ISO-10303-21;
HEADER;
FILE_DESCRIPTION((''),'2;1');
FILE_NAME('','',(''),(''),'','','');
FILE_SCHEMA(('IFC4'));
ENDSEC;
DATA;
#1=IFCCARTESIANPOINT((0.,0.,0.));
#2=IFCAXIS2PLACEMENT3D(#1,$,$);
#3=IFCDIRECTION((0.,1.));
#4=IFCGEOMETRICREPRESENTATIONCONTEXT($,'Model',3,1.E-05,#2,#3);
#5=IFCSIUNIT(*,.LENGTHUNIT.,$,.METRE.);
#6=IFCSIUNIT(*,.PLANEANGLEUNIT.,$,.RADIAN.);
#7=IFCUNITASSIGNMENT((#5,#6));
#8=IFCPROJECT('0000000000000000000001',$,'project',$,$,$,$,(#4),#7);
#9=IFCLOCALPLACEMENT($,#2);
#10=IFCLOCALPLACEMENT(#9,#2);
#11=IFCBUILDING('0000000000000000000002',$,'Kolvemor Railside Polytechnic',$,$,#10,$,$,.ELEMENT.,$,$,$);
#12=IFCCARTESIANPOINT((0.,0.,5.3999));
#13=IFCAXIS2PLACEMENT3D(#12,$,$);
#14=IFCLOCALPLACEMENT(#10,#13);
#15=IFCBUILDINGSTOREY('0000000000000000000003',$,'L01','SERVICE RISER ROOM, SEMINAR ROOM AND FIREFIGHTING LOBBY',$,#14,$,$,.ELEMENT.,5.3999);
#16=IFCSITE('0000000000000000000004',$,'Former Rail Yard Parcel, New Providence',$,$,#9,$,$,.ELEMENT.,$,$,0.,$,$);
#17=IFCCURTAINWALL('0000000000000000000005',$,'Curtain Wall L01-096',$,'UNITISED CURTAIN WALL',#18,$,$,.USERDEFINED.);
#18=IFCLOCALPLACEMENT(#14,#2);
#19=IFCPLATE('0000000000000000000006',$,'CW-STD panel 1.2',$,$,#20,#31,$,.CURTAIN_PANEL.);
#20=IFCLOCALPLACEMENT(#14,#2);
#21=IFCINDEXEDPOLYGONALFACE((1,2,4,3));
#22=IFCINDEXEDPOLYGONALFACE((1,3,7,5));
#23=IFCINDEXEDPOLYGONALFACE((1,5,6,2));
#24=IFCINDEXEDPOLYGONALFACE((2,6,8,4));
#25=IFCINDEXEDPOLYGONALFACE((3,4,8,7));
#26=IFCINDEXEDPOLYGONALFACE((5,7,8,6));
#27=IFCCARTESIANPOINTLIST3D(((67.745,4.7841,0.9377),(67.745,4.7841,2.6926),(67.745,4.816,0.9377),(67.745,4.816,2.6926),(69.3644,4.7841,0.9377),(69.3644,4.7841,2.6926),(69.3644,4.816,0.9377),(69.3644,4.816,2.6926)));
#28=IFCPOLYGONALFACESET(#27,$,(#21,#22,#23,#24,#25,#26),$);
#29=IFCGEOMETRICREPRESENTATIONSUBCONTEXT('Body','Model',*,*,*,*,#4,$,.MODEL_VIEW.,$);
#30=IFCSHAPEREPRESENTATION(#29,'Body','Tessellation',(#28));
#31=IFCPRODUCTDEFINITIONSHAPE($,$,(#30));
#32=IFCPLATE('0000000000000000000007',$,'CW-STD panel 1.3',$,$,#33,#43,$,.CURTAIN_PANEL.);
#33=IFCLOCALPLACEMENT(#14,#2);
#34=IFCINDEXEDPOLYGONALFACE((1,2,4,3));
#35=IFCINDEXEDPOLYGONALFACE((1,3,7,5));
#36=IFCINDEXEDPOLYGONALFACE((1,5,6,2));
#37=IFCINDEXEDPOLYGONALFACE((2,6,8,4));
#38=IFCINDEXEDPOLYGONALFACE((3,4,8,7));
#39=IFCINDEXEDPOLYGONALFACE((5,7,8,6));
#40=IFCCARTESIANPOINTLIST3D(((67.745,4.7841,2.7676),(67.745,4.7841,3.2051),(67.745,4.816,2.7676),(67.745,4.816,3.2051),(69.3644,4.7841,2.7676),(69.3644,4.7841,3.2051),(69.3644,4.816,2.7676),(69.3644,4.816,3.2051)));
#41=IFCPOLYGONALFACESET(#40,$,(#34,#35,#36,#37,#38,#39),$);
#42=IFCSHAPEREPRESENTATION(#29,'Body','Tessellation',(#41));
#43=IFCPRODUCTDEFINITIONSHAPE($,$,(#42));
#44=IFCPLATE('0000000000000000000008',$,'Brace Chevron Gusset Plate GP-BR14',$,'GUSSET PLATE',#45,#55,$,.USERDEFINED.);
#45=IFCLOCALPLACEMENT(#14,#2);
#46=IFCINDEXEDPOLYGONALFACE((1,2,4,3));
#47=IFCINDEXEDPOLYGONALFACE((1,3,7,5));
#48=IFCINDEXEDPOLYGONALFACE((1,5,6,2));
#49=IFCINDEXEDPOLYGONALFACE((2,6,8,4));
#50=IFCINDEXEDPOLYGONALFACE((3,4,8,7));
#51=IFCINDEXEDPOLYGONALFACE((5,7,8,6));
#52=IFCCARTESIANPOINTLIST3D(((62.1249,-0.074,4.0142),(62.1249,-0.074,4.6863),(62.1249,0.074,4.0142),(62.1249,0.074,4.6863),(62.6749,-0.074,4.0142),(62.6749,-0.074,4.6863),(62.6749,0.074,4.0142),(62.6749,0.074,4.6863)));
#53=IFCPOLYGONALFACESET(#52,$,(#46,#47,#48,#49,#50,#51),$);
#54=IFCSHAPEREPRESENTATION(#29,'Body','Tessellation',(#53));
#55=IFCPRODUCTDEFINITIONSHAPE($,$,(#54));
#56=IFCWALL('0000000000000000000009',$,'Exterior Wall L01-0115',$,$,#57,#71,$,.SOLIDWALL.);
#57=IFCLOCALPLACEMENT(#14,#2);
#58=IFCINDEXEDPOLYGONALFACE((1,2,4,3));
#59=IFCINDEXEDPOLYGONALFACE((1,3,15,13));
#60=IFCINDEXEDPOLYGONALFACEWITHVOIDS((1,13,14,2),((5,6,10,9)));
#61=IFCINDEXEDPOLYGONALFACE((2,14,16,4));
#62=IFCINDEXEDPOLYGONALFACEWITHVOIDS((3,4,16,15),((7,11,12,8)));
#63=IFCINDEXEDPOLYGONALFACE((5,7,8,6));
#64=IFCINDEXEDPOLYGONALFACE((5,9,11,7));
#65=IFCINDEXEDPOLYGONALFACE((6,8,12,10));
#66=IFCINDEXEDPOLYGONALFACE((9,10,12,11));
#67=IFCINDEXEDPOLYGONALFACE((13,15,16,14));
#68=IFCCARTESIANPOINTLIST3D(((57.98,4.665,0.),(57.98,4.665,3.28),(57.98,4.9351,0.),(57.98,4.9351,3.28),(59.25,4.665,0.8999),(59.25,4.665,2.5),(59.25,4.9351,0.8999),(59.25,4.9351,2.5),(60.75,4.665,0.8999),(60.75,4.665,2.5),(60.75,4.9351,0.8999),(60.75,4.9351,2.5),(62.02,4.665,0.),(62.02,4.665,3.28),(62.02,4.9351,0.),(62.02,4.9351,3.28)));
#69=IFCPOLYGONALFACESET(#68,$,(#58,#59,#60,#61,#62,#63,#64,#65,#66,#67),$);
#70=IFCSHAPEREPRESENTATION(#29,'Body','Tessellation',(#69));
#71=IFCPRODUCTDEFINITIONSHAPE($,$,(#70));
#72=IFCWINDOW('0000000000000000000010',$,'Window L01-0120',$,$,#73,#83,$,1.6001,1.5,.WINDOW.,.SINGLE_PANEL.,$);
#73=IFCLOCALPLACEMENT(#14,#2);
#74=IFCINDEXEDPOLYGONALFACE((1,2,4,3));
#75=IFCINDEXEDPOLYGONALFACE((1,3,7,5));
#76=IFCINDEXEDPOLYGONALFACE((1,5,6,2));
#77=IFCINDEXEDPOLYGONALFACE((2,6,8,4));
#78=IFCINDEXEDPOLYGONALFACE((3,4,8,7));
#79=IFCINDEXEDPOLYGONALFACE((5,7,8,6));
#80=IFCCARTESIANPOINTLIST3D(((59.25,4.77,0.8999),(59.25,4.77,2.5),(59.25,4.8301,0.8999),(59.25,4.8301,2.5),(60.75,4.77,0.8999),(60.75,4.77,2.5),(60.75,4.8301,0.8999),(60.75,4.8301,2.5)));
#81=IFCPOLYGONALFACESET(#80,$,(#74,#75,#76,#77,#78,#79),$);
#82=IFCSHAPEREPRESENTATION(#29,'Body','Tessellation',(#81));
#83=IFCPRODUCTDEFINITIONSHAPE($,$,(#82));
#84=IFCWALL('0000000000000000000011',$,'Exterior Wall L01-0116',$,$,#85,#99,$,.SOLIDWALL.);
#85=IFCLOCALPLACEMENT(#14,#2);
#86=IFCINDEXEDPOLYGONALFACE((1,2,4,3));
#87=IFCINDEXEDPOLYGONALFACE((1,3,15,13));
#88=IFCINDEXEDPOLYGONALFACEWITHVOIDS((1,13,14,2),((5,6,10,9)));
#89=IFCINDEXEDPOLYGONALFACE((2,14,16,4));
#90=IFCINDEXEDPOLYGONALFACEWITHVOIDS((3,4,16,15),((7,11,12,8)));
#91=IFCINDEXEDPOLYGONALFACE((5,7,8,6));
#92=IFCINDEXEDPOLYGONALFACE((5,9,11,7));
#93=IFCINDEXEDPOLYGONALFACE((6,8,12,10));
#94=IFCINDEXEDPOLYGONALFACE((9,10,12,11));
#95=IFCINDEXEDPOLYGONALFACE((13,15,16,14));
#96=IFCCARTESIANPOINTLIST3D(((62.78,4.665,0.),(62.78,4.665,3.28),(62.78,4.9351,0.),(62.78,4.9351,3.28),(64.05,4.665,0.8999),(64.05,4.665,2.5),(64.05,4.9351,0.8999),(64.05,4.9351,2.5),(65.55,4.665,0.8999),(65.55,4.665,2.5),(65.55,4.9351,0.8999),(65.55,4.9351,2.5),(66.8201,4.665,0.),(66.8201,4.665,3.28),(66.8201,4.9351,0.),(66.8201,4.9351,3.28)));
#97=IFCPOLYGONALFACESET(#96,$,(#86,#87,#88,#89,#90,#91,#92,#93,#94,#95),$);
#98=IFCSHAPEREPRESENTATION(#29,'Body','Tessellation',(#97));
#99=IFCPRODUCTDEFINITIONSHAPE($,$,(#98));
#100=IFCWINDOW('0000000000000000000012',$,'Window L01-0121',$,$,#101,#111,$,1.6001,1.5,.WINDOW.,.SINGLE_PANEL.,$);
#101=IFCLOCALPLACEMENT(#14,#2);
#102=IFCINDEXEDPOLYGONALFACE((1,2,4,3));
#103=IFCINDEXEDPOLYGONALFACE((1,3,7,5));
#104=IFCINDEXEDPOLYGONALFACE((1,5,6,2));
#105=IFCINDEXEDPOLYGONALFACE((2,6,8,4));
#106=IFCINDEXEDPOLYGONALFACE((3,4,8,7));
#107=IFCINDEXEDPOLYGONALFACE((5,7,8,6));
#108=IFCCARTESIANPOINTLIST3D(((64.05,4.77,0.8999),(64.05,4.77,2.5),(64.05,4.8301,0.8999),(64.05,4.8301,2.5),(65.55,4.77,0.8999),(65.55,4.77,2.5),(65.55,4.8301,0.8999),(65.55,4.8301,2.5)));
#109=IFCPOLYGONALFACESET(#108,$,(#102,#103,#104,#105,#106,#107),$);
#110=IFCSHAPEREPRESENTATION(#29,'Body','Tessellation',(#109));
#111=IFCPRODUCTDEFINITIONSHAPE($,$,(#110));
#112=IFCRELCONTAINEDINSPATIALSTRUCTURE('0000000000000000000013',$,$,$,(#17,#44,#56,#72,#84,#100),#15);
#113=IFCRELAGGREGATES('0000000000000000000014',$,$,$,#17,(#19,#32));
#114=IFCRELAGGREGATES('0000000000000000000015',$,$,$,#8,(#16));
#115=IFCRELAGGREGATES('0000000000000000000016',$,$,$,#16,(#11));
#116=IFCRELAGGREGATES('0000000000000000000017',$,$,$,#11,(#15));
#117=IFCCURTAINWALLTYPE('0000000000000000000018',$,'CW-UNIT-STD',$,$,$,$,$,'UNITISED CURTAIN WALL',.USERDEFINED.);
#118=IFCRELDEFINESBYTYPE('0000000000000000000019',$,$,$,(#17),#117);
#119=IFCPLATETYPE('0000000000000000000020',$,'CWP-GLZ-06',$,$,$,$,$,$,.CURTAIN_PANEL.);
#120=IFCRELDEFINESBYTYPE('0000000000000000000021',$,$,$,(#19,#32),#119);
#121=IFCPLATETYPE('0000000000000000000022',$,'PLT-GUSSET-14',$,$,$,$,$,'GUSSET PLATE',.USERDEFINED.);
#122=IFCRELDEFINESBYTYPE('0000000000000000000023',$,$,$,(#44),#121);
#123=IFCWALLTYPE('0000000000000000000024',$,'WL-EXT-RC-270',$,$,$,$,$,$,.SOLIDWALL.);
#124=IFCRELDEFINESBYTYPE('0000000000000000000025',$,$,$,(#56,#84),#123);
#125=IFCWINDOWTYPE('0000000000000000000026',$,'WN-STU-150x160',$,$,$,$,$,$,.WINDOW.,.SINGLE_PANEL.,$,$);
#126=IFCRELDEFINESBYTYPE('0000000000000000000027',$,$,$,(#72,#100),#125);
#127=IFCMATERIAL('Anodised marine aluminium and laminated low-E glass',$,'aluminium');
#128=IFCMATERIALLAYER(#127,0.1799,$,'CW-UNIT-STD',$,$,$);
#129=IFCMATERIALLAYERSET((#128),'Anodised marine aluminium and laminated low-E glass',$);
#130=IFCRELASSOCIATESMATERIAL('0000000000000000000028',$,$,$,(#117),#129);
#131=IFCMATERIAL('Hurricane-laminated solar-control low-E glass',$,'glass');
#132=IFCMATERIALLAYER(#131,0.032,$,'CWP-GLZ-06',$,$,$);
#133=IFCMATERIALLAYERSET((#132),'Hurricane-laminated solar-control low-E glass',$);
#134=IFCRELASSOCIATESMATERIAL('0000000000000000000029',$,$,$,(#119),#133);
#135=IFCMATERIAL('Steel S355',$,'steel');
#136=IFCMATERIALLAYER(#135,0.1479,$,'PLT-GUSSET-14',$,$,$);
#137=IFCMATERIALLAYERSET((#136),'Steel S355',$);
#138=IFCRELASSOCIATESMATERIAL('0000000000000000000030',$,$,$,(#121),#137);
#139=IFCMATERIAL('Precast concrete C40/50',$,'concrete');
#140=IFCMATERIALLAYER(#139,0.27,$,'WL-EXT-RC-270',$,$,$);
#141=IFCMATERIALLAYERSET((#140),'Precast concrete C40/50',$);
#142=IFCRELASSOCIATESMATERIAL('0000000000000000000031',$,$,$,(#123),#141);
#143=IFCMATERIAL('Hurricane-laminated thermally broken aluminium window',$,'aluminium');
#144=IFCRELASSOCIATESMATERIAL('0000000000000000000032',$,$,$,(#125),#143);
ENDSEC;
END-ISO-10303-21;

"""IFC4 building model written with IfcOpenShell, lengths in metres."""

from ifc_helpers import new_model, si_unit, direction, frame, frame_2d, origin, origin_2d, place, context, subcontext, project, spatial, rectangle, extrude, material, layer, layer_set, type_object, element, fill, aggregate, save


model = new_model("IFC4")

# Units and contexts
model_context = context("Model", 3, precision=1e-05, world=origin(), true_north=direction((0.0, 1.0)))
body_context = subcontext(model_context, "Body", "Model", "MODEL_VIEW")
ifc_project = project(units=[si_unit("LENGTHUNIT", "METRE"), si_unit("PLANEANGLEUNIT", "RADIAN")], contexts=[model_context])

# Site, building, storey
site_placement = place(None, origin())
site = spatial("IfcSite", under=ifc_project, at=site_placement, Name="Former Rail Yard Parcel, New Providence", CompositionType="ELEMENT", RefElevation=0.0)
building_placement = place(site_placement, origin())
building = spatial("IfcBuilding", under=site, at=building_placement, Name="Kolvemor Railside Polytechnic", CompositionType="ELEMENT")
storey_placement = place(building_placement, frame((0.0, 0.0, 5.3999)))
storey = spatial("IfcBuildingStorey", under=building, at=storey_placement, Name="L01", Description="SERVICE RISER ROOM, SEMINAR ROOM AND FIREFIGHTING LOBBY", CompositionType="ELEMENT", Elevation=5.3999)

# Curtain wall
ifc_material_1 = material(Name="Anodised marine aluminium and laminated low-E glass", Category="aluminium")
ifc_layer_1 = layer(ifc_material_1, 0.1799, Name="CW-UNIT-STD")
ifc_layer_set_1 = layer_set([ifc_layer_1], Name="Anodised marine aluminium and laminated low-E glass")
curtain_wall_type = type_object("IfcCurtainWallType", Name="CW-UNIT-STD", ElementType="UNITISED CURTAIN WALL", PredefinedType="USERDEFINED", material=ifc_layer_set_1)
curtain_wall_placement = place(storey_placement, origin())
curtain_wall = element("IfcCurtainWall", 1, at=curtain_wall_placement, inside=storey, type_object=curtain_wall_type, Name="Curtain Wall L01-096", ObjectType="UNITISED CURTAIN WALL", PredefinedType="USERDEFINED")

# Plates
ifc_material_2 = material(Name="Hurricane-laminated solar-control low-E glass", Category="glass")
ifc_layer_2 = layer(ifc_material_2, 0.032, Name="CWP-GLZ-06")
ifc_layer_set_2 = layer_set([ifc_layer_2], Name="Hurricane-laminated solar-control low-E glass")
plate_type_1 = type_object("IfcPlateType", Name="CWP-GLZ-06", PredefinedType="CURTAIN_PANEL", material=ifc_layer_set_2)
plate_1_placement = place(storey_placement, frame((68.5547, 4.8, 0.9377), z_axis=(0.0, 0.0, 1.0), x_axis=(1.0, 0.0, 0.0)))
plate_1 = element("IfcPlate", 2, at=plate_1_placement, type_object=plate_type_1, Name="CW-STD panel 1.2", PredefinedType="CURTAIN_PANEL", context=body_context, shape_type="SweptSolid", body=[
    extrude(rectangle(XDim=1.6194, YDim=0.032, at=origin_2d()), origin(), (0.0, 0.0, 1.0), 1.7549),
])
plate_2_placement = place(storey_placement, frame((68.5547, 4.8, 2.7676), z_axis=(0.0, 0.0, 1.0), x_axis=(1.0, 0.0, 0.0)))
plate_2 = element("IfcPlate", 3, at=plate_2_placement, type_object=plate_type_1, Name="CW-STD panel 1.3", PredefinedType="CURTAIN_PANEL", context=body_context, shape_type="SweptSolid", body=[
    extrude(rectangle(XDim=1.6194, YDim=0.032, at=origin_2d()), origin(), (0.0, 0.0, 1.0), 0.4375),
])
aggregate(curtain_wall, [plate_1, plate_2])
ifc_material_3 = material(Name="Steel S355", Category="steel")
ifc_layer_3 = layer(ifc_material_3, 0.1479, Name="PLT-GUSSET-14")
ifc_layer_set_3 = layer_set([ifc_layer_3], Name="Steel S355")
plate_type_2 = type_object("IfcPlateType", Name="PLT-GUSSET-14", ElementType="GUSSET PLATE", PredefinedType="USERDEFINED", material=ifc_layer_set_3)
plate_3_placement = place(storey_placement, frame((62.3999, 0.0, 4.0142), z_axis=(0.0, 0.0, 1.0), x_axis=(1.0, 0.0, 0.0)))
element("IfcPlate", 4, at=plate_3_placement, inside=storey, type_object=plate_type_2, Name="Brace Chevron Gusset Plate GP-BR14", ObjectType="GUSSET PLATE", PredefinedType="USERDEFINED", context=body_context, shape_type="SweptSolid", body=[
    extrude(rectangle(XDim=0.55, YDim=0.1479, at=origin_2d()), origin(), (0.0, 0.0, 1.0), 0.6721),
])

# Walls, openings, windows
ifc_material_4 = material(Name="Precast concrete C40/50", Category="concrete")
ifc_layer_4 = layer(ifc_material_4, 0.27, Name="WL-EXT-RC-270")
ifc_layer_set_4 = layer_set([ifc_layer_4], Name="Precast concrete C40/50")
wall_type = type_object("IfcWallType", Name="WL-EXT-RC-270", PredefinedType="SOLIDWALL", material=ifc_layer_set_4)
wall_1_placement = place(storey_placement, frame((57.98, 4.8, 0.0), z_axis=(0.0, 0.0, 1.0), x_axis=(1.0, 0.0, 0.0)))
wall_1 = element("IfcWall", 5, at=wall_1_placement, inside=storey, type_object=wall_type, Name="Exterior Wall L01-0115", PredefinedType="SOLIDWALL", context=body_context, shape_type="SweptSolid", body=[
    extrude(rectangle(XDim=4.04, YDim=0.27, at=frame_2d((2.02, 0.0))), origin(), (0.0, 0.0, 1.0), 3.28),
])
opening_1_placement = place(wall_1_placement, frame((1.27, 0.0, 0.8999)))
opening_1 = element("IfcOpeningElement", 6, at=opening_1_placement, cuts=wall_1, PredefinedType="OPENING", context=body_context, shape_type="SweptSolid", body=[
    extrude(rectangle(XDim=1.5, YDim=1.6001, at=frame_2d((0.75, 0.8))), frame((0.0, 0.145, 0.0), z_axis=(0.0, -1.0, 0.0), x_axis=(1.0, 0.0, 0.0)), (0.0, 0.0, 1.0), 0.29),
])
ifc_material_5 = material(Name="Hurricane-laminated thermally broken aluminium window", Category="aluminium")
window_type = type_object("IfcWindowType", Name="WN-STU-150x160", PartitioningType="SINGLE_PANEL", PredefinedType="WINDOW", material=ifc_material_5)
window_1_placement = place(opening_1_placement, origin())
window_1 = element("IfcWindow", 7, at=window_1_placement, inside=storey, type_object=window_type, Name="Window L01-0120", OverallHeight=1.6001, OverallWidth=1.5, PartitioningType="SINGLE_PANEL", PredefinedType="WINDOW", context=body_context, shape_type="SweptSolid", body=[
    extrude(rectangle(XDim=1.5, YDim=1.6001, at=frame_2d((0.75, 0.8))), frame((0.0, 0.03, 0.0), z_axis=(0.0, -1.0, 0.0), x_axis=(1.0, 0.0, 0.0)), (0.0, 0.0, 1.0), 0.0601),
])
fill(opening_1, window_1)
wall_2_placement = place(storey_placement, frame((62.78, 4.8, 0.0), z_axis=(0.0, 0.0, 1.0), x_axis=(1.0, 0.0, 0.0)))
wall_2 = element("IfcWall", 8, at=wall_2_placement, inside=storey, type_object=wall_type, Name="Exterior Wall L01-0116", PredefinedType="SOLIDWALL", context=body_context, shape_type="SweptSolid", body=[
    extrude(rectangle(XDim=4.04, YDim=0.27, at=frame_2d((2.02, 0.0))), origin(), (0.0, 0.0, 1.0), 3.28),
])
opening_2_placement = place(wall_2_placement, frame((1.27, 0.0, 0.8999)))
opening_2 = element("IfcOpeningElement", 9, at=opening_2_placement, cuts=wall_2, PredefinedType="OPENING", context=body_context, shape_type="SweptSolid", body=[
    extrude(rectangle(XDim=1.5, YDim=1.6001, at=frame_2d((0.75, 0.8))), frame((0.0, 0.145, 0.0), z_axis=(0.0, -1.0, 0.0), x_axis=(1.0, 0.0, 0.0)), (0.0, 0.0, 1.0), 0.29),
])
window_2_placement = place(opening_2_placement, origin())
window_2 = element("IfcWindow", 10, at=window_2_placement, inside=storey, type_object=window_type, Name="Window L01-0121", OverallHeight=1.6001, OverallWidth=1.5, PartitioningType="SINGLE_PANEL", PredefinedType="WINDOW", context=body_context, shape_type="SweptSolid", body=[
    extrude(rectangle(XDim=1.5, YDim=1.6001, at=frame_2d((0.75, 0.8))), frame((0.0, 0.03, 0.0), z_axis=(0.0, -1.0, 0.0), x_axis=(1.0, 0.0, 0.0)), (0.0, 0.0, 1.0), 0.0601),
])
fill(opening_2, window_2)

save(model, "model.ifc")
